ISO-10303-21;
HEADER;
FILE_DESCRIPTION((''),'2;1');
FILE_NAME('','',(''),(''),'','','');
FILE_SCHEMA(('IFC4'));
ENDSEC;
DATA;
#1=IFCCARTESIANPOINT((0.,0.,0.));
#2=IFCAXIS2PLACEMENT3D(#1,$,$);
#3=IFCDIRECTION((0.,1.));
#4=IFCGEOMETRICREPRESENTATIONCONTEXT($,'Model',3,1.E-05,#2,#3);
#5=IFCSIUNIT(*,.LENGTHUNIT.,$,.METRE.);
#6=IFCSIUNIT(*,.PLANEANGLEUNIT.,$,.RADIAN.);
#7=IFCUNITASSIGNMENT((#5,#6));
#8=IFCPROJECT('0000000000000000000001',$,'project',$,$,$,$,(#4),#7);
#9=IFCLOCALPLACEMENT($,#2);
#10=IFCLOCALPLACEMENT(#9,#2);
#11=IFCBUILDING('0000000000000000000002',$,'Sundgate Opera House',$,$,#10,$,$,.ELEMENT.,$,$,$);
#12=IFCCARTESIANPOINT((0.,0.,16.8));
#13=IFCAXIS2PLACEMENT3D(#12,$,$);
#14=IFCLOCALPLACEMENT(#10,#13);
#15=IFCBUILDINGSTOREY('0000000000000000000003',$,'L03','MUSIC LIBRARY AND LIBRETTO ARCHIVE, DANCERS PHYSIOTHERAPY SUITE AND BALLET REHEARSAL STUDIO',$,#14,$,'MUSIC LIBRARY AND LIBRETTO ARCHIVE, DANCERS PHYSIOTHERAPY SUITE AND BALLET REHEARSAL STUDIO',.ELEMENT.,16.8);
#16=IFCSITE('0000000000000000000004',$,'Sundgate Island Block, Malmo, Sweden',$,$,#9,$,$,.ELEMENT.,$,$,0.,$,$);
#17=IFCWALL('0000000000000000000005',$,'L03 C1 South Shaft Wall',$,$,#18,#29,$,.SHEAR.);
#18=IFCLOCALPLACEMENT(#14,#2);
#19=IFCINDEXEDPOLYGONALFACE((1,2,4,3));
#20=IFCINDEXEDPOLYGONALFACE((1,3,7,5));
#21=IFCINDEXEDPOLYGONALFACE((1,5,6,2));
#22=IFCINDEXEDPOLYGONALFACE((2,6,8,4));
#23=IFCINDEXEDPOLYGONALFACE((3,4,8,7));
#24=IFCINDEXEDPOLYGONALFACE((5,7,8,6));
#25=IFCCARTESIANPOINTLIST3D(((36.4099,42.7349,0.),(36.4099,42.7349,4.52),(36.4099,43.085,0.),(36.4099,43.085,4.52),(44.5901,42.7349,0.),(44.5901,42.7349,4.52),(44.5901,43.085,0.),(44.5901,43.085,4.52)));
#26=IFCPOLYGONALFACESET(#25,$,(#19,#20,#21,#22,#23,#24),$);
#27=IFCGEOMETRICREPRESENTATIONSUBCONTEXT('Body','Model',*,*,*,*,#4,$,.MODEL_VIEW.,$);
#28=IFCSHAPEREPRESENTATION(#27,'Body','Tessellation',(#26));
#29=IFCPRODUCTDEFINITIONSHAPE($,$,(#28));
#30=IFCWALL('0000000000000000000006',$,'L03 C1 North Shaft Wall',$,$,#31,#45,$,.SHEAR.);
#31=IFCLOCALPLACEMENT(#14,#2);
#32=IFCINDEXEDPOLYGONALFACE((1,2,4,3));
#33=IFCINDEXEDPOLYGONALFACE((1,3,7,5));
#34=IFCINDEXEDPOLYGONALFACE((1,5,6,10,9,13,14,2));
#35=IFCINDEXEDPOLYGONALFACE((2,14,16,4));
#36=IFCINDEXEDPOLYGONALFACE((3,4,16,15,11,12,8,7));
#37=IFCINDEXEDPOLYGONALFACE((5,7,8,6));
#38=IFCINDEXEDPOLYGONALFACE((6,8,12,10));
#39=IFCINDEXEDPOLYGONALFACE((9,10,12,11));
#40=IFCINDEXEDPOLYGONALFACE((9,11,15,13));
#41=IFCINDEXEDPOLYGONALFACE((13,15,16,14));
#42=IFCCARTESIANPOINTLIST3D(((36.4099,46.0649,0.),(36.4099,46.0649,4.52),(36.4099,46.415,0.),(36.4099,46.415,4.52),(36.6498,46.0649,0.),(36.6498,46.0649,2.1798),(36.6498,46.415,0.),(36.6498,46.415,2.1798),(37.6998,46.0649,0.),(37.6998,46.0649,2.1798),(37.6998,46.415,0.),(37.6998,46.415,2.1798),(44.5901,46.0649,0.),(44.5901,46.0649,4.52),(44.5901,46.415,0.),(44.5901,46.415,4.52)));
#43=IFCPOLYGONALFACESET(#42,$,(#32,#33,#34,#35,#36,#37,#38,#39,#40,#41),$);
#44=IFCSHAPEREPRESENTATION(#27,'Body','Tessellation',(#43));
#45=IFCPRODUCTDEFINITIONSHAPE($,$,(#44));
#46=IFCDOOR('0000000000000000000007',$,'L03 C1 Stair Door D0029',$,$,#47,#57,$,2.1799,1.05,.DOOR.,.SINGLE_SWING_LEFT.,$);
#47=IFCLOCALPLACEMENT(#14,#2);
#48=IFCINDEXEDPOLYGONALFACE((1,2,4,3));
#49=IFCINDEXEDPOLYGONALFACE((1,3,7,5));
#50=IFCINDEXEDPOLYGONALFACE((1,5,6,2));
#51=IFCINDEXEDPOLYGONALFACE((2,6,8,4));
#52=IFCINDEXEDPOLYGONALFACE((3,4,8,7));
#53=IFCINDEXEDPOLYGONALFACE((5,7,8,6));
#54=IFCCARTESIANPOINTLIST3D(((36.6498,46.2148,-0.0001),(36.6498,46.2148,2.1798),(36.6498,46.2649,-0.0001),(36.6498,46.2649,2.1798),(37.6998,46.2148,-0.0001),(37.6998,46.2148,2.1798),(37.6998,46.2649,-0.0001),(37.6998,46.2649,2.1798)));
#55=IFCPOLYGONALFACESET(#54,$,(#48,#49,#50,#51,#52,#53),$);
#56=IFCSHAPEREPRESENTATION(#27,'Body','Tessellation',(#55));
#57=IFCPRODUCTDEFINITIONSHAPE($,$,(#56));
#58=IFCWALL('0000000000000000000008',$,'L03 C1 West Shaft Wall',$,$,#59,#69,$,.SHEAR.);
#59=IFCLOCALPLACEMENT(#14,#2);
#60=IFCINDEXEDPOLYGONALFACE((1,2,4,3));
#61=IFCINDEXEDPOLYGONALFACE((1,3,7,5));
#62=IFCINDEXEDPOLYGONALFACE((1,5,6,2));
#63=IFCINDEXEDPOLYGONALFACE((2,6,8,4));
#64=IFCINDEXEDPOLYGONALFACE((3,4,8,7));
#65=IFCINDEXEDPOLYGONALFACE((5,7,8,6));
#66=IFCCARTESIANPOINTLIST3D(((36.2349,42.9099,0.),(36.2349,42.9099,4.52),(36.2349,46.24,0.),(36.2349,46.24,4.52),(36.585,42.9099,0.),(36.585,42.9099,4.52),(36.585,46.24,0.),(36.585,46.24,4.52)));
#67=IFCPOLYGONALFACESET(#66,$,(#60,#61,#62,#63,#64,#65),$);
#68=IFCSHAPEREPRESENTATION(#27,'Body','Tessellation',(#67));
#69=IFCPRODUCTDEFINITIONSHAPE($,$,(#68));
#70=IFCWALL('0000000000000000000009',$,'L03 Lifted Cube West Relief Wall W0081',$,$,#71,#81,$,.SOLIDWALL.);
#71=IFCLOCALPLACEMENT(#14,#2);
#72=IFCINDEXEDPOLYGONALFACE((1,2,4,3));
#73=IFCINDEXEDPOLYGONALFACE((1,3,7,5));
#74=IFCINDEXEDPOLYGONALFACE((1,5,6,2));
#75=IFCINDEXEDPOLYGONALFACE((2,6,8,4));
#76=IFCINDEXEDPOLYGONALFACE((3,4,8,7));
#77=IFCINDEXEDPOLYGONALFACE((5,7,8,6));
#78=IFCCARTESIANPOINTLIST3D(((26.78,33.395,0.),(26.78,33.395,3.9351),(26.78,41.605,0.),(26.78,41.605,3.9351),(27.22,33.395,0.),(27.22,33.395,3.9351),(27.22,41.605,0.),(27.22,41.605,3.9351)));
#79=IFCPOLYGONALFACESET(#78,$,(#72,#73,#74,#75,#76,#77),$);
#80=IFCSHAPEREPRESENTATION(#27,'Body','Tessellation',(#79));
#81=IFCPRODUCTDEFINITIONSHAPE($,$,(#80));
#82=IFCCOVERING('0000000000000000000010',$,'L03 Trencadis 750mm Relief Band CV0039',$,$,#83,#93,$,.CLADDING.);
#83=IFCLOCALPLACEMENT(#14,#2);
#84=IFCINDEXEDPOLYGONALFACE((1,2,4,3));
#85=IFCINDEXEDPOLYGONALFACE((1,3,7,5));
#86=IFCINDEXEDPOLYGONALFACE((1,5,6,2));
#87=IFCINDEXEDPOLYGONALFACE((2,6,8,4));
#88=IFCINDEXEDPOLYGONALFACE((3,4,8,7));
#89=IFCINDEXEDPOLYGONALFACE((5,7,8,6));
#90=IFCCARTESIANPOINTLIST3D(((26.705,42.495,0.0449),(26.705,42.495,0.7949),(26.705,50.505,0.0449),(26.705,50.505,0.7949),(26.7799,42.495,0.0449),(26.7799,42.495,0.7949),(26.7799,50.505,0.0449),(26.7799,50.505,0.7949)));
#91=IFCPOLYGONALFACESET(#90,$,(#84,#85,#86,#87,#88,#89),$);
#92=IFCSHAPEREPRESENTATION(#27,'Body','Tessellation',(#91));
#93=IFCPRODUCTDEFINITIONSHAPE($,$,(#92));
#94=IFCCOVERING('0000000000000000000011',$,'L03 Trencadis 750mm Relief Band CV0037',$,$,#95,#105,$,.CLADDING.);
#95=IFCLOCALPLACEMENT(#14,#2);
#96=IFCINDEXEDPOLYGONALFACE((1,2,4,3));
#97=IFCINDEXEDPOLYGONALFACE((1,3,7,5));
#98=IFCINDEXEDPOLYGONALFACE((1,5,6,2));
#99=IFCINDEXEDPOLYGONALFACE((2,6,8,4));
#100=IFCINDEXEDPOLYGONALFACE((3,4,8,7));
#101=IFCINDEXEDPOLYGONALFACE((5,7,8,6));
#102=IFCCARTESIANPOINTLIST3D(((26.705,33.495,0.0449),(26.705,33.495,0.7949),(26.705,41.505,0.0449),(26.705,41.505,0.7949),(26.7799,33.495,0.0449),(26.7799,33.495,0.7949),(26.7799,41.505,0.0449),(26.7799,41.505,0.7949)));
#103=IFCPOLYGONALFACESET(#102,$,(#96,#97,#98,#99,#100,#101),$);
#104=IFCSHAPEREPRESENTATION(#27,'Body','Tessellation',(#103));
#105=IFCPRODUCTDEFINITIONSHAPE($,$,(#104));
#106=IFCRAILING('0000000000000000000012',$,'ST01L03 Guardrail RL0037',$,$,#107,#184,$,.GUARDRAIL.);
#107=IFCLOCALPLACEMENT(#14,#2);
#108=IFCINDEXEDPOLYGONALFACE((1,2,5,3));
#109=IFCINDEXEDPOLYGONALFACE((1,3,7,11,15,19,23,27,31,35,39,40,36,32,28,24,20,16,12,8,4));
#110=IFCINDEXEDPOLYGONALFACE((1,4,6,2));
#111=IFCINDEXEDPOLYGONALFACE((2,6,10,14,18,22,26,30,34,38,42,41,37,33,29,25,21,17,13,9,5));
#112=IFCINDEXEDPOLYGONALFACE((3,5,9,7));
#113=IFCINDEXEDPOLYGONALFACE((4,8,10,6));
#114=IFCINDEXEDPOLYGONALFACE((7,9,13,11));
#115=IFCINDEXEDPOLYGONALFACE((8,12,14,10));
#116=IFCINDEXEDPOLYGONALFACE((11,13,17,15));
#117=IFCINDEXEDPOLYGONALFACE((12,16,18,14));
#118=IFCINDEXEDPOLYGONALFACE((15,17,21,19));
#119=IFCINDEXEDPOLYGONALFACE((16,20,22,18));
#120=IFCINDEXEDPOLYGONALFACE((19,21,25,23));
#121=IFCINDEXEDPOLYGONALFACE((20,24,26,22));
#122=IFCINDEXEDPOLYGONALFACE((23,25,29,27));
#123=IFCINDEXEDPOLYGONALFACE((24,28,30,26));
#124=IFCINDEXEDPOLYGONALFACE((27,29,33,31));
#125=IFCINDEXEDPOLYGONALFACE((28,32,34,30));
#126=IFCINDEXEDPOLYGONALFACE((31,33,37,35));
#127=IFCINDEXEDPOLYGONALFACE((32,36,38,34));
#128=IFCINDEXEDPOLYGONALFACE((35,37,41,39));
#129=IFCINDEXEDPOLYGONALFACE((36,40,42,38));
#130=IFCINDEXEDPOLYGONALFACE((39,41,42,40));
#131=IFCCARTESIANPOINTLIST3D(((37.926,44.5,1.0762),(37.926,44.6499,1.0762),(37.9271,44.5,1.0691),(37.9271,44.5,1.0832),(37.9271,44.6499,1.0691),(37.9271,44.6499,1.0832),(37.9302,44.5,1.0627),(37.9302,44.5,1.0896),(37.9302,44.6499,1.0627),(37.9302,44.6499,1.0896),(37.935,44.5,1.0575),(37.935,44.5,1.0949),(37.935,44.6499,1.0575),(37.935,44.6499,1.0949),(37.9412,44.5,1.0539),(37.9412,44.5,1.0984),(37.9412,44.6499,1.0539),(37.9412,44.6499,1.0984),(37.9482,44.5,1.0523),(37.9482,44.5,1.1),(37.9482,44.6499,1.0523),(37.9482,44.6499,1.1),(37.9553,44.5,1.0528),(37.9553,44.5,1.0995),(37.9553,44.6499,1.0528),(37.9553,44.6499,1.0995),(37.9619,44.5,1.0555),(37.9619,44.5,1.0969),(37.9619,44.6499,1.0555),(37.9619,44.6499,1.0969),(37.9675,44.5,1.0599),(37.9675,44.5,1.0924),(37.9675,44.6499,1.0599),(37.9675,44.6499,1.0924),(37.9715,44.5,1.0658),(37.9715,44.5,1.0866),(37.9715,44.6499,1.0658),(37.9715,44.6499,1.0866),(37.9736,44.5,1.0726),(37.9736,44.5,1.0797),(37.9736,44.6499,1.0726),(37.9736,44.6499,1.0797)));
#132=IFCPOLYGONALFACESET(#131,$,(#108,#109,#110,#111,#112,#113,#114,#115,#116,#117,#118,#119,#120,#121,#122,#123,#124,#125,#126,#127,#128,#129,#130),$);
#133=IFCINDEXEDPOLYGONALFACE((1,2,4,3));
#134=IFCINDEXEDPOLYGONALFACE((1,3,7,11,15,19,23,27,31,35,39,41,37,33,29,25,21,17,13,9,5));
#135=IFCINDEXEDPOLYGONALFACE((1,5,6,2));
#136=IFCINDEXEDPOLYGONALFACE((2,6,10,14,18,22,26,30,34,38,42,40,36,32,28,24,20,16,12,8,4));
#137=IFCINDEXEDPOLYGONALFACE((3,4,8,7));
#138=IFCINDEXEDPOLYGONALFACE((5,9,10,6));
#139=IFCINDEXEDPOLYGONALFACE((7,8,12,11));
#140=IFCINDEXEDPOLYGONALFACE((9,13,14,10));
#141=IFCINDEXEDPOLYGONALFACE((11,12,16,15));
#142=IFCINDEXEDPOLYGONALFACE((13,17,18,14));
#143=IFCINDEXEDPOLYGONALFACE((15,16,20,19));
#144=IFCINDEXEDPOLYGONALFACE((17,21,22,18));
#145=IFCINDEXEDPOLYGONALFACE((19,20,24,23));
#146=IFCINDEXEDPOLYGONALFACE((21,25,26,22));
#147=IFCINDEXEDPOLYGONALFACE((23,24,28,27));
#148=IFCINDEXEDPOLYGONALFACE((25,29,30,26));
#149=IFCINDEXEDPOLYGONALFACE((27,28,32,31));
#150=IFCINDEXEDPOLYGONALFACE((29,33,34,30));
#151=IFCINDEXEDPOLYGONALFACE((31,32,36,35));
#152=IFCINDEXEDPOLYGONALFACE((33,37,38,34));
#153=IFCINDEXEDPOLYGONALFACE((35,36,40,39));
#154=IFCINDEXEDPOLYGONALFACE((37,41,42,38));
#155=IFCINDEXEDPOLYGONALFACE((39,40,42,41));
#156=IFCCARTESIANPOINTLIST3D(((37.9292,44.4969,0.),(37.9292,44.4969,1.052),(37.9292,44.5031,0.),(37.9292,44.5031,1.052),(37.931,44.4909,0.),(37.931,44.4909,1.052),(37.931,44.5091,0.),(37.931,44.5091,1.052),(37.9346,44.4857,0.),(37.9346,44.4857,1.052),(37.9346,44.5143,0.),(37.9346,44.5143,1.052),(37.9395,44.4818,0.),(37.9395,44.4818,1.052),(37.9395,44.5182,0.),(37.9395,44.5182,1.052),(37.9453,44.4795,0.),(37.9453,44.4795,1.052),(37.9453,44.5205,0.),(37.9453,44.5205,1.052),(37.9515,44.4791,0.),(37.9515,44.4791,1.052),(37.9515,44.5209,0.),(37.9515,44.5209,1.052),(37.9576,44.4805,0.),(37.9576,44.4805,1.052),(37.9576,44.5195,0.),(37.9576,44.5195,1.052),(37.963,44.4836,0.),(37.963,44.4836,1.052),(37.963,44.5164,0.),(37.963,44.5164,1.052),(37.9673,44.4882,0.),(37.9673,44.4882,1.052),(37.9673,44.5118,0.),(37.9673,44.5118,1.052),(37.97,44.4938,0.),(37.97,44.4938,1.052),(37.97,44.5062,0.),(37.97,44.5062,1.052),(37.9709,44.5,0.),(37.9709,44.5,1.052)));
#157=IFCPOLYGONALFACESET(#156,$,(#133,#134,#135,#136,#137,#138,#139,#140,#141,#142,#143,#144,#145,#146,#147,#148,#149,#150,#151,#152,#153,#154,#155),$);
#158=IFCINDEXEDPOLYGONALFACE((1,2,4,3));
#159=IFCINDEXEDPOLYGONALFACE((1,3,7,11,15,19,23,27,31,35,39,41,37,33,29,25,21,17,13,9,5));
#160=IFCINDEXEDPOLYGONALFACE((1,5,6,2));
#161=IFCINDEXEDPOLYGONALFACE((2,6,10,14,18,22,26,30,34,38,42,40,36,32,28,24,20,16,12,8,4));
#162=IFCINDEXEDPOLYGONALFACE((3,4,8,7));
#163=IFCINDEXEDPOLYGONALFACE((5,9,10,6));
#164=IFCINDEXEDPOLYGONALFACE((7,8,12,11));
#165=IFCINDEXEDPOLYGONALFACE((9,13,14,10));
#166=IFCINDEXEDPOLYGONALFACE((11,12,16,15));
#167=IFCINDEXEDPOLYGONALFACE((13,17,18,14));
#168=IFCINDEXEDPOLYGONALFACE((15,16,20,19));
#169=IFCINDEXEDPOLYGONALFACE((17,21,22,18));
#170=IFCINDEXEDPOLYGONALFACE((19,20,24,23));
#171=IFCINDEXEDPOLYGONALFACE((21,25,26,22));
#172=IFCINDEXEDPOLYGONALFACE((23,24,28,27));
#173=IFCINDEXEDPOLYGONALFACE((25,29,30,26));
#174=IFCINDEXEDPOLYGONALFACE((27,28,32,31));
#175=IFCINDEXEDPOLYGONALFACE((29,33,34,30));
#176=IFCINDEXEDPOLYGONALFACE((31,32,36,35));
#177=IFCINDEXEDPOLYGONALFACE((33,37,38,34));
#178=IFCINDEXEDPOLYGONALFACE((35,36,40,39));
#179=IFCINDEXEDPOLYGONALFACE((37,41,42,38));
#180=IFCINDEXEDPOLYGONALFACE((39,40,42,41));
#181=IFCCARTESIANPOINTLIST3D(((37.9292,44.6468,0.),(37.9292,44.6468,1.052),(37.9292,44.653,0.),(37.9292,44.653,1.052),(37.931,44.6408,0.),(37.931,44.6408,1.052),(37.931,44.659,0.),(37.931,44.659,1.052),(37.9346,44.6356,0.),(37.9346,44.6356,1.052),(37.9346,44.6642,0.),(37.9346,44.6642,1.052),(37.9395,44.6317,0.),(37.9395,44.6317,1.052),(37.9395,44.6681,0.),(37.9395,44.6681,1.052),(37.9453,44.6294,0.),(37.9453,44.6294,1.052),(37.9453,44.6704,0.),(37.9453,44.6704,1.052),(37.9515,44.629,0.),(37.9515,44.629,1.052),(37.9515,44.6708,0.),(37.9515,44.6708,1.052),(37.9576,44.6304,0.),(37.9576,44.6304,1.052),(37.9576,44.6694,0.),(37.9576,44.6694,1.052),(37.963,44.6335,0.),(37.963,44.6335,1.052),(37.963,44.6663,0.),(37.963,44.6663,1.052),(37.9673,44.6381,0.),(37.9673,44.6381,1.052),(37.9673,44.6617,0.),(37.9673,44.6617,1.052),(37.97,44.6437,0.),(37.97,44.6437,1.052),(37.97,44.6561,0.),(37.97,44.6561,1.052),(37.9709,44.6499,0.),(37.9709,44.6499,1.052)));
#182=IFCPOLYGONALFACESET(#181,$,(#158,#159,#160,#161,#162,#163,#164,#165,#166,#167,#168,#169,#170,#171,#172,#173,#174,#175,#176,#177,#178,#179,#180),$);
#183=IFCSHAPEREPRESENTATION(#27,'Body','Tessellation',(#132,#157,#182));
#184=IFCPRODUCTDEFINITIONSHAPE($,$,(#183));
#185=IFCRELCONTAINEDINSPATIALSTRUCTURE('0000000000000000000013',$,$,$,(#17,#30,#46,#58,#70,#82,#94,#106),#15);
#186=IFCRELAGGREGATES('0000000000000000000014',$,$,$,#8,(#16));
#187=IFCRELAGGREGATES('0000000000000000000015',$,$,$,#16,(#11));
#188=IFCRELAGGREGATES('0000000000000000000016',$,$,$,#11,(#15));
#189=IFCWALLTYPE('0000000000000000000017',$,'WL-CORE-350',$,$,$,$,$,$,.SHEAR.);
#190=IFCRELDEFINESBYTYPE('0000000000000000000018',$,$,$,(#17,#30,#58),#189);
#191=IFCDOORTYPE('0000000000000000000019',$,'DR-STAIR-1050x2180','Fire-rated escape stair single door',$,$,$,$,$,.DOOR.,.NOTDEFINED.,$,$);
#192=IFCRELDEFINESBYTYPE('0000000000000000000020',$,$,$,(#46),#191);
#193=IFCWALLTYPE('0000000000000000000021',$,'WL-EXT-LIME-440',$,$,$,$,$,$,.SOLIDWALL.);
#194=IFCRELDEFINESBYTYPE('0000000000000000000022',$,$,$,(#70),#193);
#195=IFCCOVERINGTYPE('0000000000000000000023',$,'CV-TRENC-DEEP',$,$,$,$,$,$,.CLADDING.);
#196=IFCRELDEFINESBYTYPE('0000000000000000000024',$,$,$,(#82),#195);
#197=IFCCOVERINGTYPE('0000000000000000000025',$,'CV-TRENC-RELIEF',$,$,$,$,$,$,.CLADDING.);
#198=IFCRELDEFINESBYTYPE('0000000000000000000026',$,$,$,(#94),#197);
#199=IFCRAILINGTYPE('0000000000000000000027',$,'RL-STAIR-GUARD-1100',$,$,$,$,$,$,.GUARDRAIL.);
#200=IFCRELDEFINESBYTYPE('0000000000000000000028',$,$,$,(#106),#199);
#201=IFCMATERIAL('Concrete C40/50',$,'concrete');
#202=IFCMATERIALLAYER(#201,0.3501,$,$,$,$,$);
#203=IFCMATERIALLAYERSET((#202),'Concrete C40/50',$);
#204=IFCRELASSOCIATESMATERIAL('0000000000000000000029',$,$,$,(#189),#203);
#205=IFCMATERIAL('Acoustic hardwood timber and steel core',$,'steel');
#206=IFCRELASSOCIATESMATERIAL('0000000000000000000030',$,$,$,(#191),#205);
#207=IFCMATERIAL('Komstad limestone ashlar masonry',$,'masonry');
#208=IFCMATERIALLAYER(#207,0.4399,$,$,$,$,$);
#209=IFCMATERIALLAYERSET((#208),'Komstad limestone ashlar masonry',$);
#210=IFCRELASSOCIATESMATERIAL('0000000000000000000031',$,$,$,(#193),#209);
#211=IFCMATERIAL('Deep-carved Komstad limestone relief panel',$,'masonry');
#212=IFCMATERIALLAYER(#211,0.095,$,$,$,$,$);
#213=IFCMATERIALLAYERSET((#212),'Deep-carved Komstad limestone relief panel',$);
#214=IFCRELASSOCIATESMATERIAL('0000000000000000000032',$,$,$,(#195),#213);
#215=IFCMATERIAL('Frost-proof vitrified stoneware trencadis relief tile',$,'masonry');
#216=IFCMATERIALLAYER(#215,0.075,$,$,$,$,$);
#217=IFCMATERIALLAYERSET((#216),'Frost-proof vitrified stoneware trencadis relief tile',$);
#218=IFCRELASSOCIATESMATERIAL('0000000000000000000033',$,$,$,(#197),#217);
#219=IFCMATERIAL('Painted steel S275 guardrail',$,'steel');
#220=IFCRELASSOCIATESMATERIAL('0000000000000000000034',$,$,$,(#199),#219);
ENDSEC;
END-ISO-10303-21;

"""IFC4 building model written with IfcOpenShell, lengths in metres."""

from ifc_helpers import new_model, si_unit, direction, frame, frame_2d, origin, origin_2d, place, context, subcontext, project, spatial, rectangle, circle, extrude, material, layer, layer_set, type_object, element, fill, save


model = new_model("IFC4")

# Units and contexts
model_context = context("Model", 3, precision=1e-05, world=origin(), true_north=direction((0.0, 1.0)))
body_context = subcontext(model_context, "Body", "Model", "MODEL_VIEW")
ifc_project = project(units=[si_unit("LENGTHUNIT", "METRE"), si_unit("PLANEANGLEUNIT", "RADIAN")], contexts=[model_context])

# Site, building, storey
site_placement = place(None, origin())
site = spatial("IfcSite", under=ifc_project, at=site_placement, Name="Sundgate Island Block, Malmo, Sweden", CompositionType="ELEMENT", RefElevation=0.0)
building_placement = place(site_placement, origin())
building = spatial("IfcBuilding", under=site, at=building_placement, Name="Sundgate Opera House", CompositionType="ELEMENT")
storey_placement = place(building_placement, frame((0.0, 0.0, 16.8)))
storey = spatial("IfcBuildingStorey", under=building, at=storey_placement, Name="L03", Description="MUSIC LIBRARY AND LIBRETTO ARCHIVE, DANCERS PHYSIOTHERAPY SUITE AND BALLET REHEARSAL STUDIO", LongName="MUSIC LIBRARY AND LIBRETTO ARCHIVE, DANCERS PHYSIOTHERAPY SUITE AND BALLET REHEARSAL STUDIO", CompositionType="ELEMENT", Elevation=16.8)

# Wall
ifc_material_1 = material(Name="Concrete C40/50", Category="concrete")
ifc_layer_1 = layer(ifc_material_1, 0.3501)
ifc_layer_set_1 = layer_set([ifc_layer_1], Name="Concrete C40/50")
wall_type_1 = type_object("IfcWallType", Name="WL-CORE-350", PredefinedType="SHEAR", material=ifc_layer_set_1)
wall_1_placement = place(storey_placement, frame((36.4099, 42.9099, 0.0), z_axis=(0.0, 0.0, 1.0), x_axis=(1.0, 0.0, 0.0)))
element("IfcWall", 1, at=wall_1_placement, inside=storey, type_object=wall_type_1, Name="L03 C1 South Shaft Wall", PredefinedType="SHEAR", context=body_context, shape_type="SweptSolid", body=[
    extrude(rectangle(XDim=8.1802, YDim=0.3501, at=frame_2d((4.0901, 0.0))), origin(), (0.0, 0.0, 1.0), 4.52),
])

# Wall, opening, door
wall_2_placement = place(storey_placement, frame((36.4099, 46.24, 0.0), z_axis=(0.0, 0.0, 1.0), x_axis=(1.0, 0.0, 0.0)))
wall_2 = element("IfcWall", 2, at=wall_2_placement, inside=storey, type_object=wall_type_1, Name="L03 C1 North Shaft Wall", PredefinedType="SHEAR", context=body_context, shape_type="SweptSolid", body=[
    extrude(rectangle(XDim=8.1802, YDim=0.3501, at=frame_2d((4.0901, 0.0))), origin(), (0.0, 0.0, 1.0), 4.52),
])
opening_placement = place(wall_2_placement, frame((0.24, 0.0, 0.0)))
opening = element("IfcOpeningElement", 3, at=opening_placement, cuts=wall_2, PredefinedType="OPENING", context=body_context, shape_type="SweptSolid", body=[
    extrude(rectangle(XDim=1.05, YDim=2.1799, at=frame_2d((0.5249, 1.0898))), frame((0.0, 0.1851, 0.0), z_axis=(0.0, -1.0, 0.0), x_axis=(1.0, 0.0, 0.0)), (0.0, 0.0, 1.0), 0.3701),
])
ifc_material_2 = material(Name="Acoustic hardwood timber and steel core", Category="steel")
door_type = type_object("IfcDoorType", Name="DR-STAIR-1050x2180", Description="Fire-rated escape stair single door", OperationType="NOTDEFINED", PredefinedType="DOOR", material=ifc_material_2)
door_placement = place(opening_placement, origin())
door = element("IfcDoor", 4, at=door_placement, inside=storey, type_object=door_type, Name="L03 C1 Stair Door D0029", OperationType="SINGLE_SWING_LEFT", OverallHeight=2.1799, OverallWidth=1.05, PredefinedType="DOOR", context=body_context, shape_type="SweptSolid", body=[
    extrude(rectangle(XDim=1.05, YDim=2.1799, at=frame_2d((0.5249, 1.0898))), frame((0.0, 0.0249, 0.0), z_axis=(0.0, -1.0, 0.0), x_axis=(1.0, 0.0, 0.0)), (0.0, 0.0, 1.0), 0.05),
])
fill(opening, door)

# Walls
wall_3_placement = place(storey_placement, frame((36.4099, 42.9099, 0.0), z_axis=(0.0, 0.0, 1.0), x_axis=(0.0, 1.0, 0.0)))
element("IfcWall", 5, at=wall_3_placement, inside=storey, type_object=wall_type_1, Name="L03 C1 West Shaft Wall", PredefinedType="SHEAR", context=body_context, shape_type="SweptSolid", body=[
    extrude(rectangle(XDim=3.3301, YDim=0.3501, at=frame_2d((1.665, 0.0))), origin(), (0.0, 0.0, 1.0), 4.52),
])
ifc_material_3 = material(Name="Komstad limestone ashlar masonry", Category="masonry")
ifc_layer_2 = layer(ifc_material_3, 0.4399)
ifc_layer_set_2 = layer_set([ifc_layer_2], Name="Komstad limestone ashlar masonry")
wall_type_2 = type_object("IfcWallType", Name="WL-EXT-LIME-440", PredefinedType="SOLIDWALL", material=ifc_layer_set_2)
wall_4_placement = place(storey_placement, frame((27.0, 41.605, 0.0), z_axis=(0.0, 0.0, 1.0), x_axis=(0.0, -1.0, 0.0)))
element("IfcWall", 6, at=wall_4_placement, inside=storey, type_object=wall_type_2, Name="L03 Lifted Cube West Relief Wall W0081", PredefinedType="SOLIDWALL", context=body_context, shape_type="SweptSolid", body=[
    extrude(rectangle(XDim=8.21, YDim=0.4399, at=frame_2d((4.105, 0.0))), origin(), (0.0, 0.0, 1.0), 3.9351),
])

# Coverings
ifc_material_4 = material(Name="Deep-carved Komstad limestone relief panel", Category="masonry")
ifc_layer_3 = layer(ifc_material_4, 0.095)
ifc_layer_set_3 = layer_set([ifc_layer_3], Name="Deep-carved Komstad limestone relief panel")
covering_type_1 = type_object("IfcCoveringType", Name="CV-TRENC-DEEP", PredefinedType="CLADDING", material=ifc_layer_set_3)
covering_1_placement = place(storey_placement, frame((26.7424, 46.5, 0.0449), z_axis=(0.0, 0.0, 1.0), x_axis=(0.0, 1.0, 0.0)))
element("IfcCovering", 7, at=covering_1_placement, inside=storey, type_object=covering_type_1, Name="L03 Trencadis 750mm Relief Band CV0039", PredefinedType="CLADDING", context=body_context, shape_type="SweptSolid", body=[
    extrude(rectangle(XDim=8.01, YDim=0.075, at=origin_2d()), origin(), (0.0, 0.0, 1.0), 0.75),
])
ifc_material_5 = material(Name="Frost-proof vitrified stoneware trencadis relief tile", Category="masonry")
ifc_layer_4 = layer(ifc_material_5, 0.075)
ifc_layer_set_4 = layer_set([ifc_layer_4], Name="Frost-proof vitrified stoneware trencadis relief tile")
covering_type_2 = type_object("IfcCoveringType", Name="CV-TRENC-RELIEF", PredefinedType="CLADDING", material=ifc_layer_set_4)
covering_2_placement = place(storey_placement, frame((26.7424, 37.5, 0.0449), z_axis=(0.0, 0.0, 1.0), x_axis=(0.0, 1.0, 0.0)))
element("IfcCovering", 8, at=covering_2_placement, inside=storey, type_object=covering_type_2, Name="L03 Trencadis 750mm Relief Band CV0037", PredefinedType="CLADDING", context=body_context, shape_type="SweptSolid", body=[
    extrude(rectangle(XDim=8.01, YDim=0.075, at=origin_2d()), origin(), (0.0, 0.0, 1.0), 0.75),
])

# Railing
ifc_material_6 = material(Name="Painted steel S275 guardrail", Category="steel")
railing_type = type_object("IfcRailingType", Name="RL-STAIR-GUARD-1100", PredefinedType="GUARDRAIL", material=ifc_material_6)
railing_placement = place(storey_placement, frame((37.95, 44.5, 0.0)))
element("IfcRailing", 9, at=railing_placement, inside=storey, type_object=railing_type, Name="ST01L03 Guardrail RL0037", PredefinedType="GUARDRAIL", context=body_context, shape_type="SweptSolid", body=[
    extrude(circle(Radius=0.0239, at=origin_2d()), frame((0.0, 0.0, 1.0762), z_axis=(0.0, 1.0, 0.0), x_axis=(-1.0, 0.0, 0.0)), (0.0, 0.0, 1.0), 0.1499),
    extrude(circle(Radius=0.021, at=origin_2d()), origin(), (0.0, 0.0, 1.0), 1.052),
    extrude(circle(Radius=0.021, at=origin_2d()), frame((0.0, 0.1499, 0.0)), (0.0, 0.0, 1.0), 1.052),
])

save(model, "model.ifc")
